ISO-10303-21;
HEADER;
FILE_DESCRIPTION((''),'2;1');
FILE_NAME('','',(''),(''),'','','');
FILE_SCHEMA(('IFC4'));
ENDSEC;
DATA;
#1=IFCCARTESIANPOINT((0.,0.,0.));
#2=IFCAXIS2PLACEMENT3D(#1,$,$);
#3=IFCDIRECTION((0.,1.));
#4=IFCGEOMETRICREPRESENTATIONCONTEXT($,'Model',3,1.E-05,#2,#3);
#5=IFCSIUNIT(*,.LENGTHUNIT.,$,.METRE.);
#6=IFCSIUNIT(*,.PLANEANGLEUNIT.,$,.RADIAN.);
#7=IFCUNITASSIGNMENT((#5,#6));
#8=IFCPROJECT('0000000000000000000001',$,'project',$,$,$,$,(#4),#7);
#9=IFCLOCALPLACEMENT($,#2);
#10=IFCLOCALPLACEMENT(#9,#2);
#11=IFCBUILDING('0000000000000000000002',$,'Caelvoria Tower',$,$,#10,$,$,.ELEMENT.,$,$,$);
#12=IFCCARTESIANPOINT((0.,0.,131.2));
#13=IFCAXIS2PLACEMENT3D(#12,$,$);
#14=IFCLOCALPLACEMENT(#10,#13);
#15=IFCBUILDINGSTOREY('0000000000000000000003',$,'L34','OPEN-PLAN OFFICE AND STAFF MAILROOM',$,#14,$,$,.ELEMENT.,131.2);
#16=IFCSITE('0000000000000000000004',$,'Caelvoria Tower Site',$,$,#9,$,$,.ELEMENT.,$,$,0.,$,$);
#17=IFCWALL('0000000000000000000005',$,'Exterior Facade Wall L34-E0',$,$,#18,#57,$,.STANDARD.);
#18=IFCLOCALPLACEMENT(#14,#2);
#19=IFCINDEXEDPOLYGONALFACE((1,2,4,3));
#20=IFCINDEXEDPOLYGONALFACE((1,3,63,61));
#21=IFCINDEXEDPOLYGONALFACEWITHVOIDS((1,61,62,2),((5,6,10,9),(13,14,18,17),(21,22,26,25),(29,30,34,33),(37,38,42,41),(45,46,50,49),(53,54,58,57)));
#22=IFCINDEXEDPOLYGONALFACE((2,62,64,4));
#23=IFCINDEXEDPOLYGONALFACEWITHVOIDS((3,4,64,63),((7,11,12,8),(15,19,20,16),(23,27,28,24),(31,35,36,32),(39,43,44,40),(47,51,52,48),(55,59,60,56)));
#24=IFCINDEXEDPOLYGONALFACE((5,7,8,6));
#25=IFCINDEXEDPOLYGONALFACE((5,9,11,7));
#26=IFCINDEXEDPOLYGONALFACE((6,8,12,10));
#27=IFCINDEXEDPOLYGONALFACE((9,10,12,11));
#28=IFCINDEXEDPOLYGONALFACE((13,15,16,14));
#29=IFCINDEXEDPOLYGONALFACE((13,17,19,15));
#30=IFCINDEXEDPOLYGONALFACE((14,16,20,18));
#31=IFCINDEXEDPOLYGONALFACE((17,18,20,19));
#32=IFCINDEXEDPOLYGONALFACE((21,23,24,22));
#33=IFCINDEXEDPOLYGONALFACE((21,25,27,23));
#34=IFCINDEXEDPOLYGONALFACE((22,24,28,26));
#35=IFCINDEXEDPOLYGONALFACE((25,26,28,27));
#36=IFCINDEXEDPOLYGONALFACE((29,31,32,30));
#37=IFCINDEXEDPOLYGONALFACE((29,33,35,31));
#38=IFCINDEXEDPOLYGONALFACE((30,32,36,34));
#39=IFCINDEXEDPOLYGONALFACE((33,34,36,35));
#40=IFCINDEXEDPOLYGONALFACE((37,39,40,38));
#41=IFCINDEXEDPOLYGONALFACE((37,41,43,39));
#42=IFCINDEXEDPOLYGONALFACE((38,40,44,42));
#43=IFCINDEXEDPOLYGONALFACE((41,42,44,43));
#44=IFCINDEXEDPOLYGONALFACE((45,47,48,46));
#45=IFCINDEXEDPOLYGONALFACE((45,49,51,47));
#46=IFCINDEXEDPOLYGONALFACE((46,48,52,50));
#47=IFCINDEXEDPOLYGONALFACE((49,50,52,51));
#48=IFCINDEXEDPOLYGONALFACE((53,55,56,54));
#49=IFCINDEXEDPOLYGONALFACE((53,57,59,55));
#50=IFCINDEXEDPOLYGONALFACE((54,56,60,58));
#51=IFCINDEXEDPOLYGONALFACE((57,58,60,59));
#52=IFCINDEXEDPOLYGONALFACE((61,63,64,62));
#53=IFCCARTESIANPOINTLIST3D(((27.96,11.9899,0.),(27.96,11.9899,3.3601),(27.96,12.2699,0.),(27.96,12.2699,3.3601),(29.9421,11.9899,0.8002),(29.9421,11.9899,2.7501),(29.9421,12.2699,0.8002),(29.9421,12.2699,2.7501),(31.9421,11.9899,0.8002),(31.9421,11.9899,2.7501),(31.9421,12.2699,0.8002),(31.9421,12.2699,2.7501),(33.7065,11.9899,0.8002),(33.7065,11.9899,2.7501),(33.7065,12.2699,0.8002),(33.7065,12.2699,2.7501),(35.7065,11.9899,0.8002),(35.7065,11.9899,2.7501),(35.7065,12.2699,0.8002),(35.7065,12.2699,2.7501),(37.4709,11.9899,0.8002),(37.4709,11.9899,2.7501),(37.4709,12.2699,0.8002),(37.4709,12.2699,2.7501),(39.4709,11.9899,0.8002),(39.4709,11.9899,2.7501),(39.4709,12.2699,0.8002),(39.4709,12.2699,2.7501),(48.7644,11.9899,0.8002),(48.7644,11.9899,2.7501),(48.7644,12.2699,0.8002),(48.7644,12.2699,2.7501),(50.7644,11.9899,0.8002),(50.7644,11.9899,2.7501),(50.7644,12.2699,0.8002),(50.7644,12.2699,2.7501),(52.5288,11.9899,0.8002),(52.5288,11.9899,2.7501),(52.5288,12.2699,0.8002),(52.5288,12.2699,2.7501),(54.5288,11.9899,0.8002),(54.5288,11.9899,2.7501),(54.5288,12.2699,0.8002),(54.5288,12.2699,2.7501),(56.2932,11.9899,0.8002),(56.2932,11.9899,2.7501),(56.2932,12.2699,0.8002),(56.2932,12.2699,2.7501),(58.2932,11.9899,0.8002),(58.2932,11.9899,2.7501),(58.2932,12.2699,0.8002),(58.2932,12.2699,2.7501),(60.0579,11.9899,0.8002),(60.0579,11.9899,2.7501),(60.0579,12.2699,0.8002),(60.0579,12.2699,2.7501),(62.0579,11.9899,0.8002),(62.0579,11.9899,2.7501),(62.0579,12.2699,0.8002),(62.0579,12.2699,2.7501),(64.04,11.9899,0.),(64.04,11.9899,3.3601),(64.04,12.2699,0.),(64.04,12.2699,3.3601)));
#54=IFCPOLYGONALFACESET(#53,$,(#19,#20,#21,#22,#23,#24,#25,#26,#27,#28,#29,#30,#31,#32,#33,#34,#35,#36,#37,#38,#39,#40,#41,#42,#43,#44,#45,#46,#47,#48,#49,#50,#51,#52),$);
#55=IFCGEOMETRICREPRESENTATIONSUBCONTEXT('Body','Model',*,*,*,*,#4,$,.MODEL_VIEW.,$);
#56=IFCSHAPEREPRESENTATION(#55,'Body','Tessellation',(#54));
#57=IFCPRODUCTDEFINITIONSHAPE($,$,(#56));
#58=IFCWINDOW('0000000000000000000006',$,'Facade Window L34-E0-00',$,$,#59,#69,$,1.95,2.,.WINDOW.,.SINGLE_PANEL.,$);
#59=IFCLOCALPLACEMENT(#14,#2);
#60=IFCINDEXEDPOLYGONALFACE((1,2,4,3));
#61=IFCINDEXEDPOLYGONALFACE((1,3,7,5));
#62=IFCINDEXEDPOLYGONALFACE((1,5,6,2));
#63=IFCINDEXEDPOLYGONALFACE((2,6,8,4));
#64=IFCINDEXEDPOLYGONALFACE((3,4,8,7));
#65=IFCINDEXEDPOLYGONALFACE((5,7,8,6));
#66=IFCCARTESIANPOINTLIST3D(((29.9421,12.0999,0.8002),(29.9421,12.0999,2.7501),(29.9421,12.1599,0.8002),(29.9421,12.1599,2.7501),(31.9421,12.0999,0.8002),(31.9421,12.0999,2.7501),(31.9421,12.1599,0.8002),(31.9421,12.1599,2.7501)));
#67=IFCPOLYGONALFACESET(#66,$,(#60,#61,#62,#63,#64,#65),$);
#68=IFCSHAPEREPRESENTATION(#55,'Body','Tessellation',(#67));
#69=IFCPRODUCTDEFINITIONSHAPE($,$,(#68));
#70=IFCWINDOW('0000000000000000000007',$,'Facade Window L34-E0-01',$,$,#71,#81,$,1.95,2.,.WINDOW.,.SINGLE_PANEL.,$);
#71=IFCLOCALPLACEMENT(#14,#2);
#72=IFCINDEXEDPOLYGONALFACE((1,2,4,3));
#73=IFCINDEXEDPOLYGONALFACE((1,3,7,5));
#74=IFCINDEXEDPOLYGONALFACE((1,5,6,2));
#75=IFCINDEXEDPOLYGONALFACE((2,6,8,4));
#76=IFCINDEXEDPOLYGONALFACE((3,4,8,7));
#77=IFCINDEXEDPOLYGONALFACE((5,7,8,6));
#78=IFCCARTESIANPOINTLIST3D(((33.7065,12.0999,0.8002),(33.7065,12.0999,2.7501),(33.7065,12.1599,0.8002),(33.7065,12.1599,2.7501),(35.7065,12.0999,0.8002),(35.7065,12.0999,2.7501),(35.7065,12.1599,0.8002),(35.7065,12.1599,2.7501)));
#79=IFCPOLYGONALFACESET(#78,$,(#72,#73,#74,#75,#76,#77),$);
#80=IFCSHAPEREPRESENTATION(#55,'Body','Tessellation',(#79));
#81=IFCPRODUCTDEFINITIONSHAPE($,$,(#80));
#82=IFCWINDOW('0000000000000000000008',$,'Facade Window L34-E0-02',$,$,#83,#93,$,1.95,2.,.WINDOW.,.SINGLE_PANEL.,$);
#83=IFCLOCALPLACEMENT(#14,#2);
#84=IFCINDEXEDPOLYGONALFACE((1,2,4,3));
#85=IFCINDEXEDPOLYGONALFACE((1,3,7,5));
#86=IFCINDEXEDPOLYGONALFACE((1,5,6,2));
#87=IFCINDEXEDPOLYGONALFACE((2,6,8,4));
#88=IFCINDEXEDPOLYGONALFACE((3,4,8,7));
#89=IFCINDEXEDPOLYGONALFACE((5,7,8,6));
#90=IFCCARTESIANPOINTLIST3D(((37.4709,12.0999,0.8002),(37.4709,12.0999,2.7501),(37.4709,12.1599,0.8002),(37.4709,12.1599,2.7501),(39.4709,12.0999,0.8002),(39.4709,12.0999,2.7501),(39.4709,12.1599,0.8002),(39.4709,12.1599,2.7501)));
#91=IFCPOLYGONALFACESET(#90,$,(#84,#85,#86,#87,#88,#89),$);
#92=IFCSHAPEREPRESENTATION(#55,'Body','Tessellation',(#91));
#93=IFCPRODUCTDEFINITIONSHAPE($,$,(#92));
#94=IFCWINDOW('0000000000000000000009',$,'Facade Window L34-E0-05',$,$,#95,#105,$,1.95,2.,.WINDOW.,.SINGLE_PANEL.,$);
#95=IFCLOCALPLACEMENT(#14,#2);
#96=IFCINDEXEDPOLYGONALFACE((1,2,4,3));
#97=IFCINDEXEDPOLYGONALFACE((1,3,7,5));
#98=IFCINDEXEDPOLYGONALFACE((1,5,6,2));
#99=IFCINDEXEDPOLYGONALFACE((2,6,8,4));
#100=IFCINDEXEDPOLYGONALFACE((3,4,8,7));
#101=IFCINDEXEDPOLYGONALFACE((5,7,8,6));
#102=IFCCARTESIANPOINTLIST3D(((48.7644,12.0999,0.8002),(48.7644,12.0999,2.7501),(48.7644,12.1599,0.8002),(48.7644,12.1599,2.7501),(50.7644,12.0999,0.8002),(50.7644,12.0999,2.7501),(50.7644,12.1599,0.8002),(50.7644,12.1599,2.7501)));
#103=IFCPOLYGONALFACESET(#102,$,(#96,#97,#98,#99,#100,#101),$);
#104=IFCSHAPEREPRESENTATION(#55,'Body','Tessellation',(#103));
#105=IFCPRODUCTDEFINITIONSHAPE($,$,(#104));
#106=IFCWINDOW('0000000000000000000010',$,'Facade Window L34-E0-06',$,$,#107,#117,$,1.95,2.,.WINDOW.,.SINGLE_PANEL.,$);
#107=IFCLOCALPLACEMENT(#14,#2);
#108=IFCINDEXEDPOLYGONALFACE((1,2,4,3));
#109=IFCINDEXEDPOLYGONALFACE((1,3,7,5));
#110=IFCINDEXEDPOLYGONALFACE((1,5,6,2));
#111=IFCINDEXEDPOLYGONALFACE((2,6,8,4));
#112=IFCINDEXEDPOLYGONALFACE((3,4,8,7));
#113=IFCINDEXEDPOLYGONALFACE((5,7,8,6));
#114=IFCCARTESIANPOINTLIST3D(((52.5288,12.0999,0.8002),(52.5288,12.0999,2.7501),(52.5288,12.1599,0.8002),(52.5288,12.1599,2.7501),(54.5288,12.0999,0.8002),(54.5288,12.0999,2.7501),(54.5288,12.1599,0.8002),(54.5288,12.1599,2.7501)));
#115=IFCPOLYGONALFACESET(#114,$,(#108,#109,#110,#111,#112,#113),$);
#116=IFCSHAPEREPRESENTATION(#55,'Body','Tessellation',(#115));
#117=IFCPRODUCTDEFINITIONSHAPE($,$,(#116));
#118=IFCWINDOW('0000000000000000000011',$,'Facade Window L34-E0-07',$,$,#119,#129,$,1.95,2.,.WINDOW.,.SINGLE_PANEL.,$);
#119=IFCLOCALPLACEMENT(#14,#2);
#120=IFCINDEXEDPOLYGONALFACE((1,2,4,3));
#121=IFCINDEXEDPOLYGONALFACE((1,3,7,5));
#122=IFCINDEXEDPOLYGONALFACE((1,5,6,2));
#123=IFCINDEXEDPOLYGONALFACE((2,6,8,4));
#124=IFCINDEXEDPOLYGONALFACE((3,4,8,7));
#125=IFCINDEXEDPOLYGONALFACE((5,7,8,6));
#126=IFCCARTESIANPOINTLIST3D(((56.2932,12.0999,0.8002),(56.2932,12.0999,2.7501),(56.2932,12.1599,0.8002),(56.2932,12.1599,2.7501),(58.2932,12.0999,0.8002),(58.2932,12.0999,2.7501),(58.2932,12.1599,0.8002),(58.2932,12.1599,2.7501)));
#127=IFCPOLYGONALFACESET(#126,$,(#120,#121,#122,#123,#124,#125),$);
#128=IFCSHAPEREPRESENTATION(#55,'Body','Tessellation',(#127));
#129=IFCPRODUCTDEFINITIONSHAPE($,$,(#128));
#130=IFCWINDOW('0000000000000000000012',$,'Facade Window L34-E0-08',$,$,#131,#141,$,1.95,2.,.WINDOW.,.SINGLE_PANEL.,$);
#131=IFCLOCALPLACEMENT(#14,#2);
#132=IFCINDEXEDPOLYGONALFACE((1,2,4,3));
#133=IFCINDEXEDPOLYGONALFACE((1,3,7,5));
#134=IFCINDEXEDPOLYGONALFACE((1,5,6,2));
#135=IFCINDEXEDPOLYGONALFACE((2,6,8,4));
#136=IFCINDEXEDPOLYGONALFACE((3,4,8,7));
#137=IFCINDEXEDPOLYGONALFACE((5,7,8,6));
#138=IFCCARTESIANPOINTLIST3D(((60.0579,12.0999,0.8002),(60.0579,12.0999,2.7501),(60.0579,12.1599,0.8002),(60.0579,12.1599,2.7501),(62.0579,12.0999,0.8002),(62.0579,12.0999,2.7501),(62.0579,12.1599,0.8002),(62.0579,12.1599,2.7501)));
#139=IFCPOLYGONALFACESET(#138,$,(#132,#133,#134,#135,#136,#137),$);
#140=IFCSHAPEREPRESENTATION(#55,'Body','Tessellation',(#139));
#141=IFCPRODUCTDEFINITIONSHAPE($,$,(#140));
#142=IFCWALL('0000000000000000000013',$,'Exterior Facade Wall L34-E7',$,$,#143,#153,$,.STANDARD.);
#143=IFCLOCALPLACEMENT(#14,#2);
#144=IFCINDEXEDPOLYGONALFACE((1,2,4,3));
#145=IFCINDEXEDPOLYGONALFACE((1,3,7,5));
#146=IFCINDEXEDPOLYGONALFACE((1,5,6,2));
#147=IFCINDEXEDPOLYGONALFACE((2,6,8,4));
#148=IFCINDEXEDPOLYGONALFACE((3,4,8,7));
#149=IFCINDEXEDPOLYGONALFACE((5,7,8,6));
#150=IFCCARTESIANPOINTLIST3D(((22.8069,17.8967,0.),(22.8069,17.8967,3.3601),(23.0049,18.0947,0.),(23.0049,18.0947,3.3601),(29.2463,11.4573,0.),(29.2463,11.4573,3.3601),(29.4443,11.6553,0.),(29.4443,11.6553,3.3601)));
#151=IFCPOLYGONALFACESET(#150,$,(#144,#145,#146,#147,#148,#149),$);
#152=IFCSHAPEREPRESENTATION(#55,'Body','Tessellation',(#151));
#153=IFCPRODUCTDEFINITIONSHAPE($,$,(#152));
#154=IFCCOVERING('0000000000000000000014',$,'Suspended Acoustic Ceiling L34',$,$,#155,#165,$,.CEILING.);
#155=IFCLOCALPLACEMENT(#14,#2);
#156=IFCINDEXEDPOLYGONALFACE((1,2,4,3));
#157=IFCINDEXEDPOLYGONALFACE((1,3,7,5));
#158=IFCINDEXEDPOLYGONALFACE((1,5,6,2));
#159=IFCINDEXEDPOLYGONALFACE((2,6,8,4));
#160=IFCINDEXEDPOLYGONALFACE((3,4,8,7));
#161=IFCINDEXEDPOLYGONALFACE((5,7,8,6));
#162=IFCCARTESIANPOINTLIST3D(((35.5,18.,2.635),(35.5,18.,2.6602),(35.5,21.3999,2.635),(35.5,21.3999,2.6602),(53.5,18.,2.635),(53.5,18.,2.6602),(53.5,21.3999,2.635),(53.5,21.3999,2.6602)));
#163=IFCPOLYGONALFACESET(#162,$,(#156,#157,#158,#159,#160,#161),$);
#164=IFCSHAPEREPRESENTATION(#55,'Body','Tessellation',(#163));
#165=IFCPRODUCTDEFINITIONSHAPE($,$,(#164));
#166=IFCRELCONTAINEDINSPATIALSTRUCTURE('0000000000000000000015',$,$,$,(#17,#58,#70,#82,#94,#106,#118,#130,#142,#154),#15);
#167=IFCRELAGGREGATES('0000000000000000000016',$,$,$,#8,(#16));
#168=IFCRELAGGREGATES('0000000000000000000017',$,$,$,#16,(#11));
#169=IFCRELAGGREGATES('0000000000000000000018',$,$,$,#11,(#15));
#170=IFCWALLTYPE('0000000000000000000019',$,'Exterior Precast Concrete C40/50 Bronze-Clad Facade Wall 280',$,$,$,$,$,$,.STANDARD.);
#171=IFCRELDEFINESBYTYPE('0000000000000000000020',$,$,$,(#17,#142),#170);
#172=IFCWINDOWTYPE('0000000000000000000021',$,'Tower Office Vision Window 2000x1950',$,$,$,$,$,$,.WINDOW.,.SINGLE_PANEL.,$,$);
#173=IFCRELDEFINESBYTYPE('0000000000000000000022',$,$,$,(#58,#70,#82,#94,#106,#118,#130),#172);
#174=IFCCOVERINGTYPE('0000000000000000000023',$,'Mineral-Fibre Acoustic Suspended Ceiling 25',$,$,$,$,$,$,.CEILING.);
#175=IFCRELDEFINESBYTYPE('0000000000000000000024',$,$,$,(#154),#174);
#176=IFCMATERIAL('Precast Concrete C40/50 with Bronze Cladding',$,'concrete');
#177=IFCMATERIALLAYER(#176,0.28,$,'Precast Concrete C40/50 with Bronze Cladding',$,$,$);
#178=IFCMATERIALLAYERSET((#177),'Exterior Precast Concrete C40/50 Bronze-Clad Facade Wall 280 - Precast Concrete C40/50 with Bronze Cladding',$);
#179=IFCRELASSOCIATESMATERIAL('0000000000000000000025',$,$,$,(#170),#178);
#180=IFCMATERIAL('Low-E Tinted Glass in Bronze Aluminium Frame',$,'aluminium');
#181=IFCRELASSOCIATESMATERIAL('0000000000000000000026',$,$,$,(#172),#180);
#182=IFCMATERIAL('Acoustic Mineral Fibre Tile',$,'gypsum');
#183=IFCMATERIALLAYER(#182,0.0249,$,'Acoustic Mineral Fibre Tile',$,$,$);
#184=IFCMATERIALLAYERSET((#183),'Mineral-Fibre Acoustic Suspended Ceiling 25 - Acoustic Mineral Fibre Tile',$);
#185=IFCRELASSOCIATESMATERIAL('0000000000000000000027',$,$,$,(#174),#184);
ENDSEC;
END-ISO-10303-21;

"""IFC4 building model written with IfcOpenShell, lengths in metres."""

from ifc_helpers import new_model, si_unit, direction, frame, frame_2d, origin, place, context, subcontext, project, spatial, polyline, rectangle, outline, extrude, material, layer, layer_set, type_object, element, fill, save


model = new_model("IFC4")

# Units and contexts
model_context = context("Model", 3, precision=1e-05, world=origin(), true_north=direction((0.0, 1.0)))
body_context = subcontext(model_context, "Body", "Model", "MODEL_VIEW")
ifc_project = project(units=[si_unit("LENGTHUNIT", "METRE"), si_unit("PLANEANGLEUNIT", "RADIAN")], contexts=[model_context])

# Site, building, storey
site_placement = place(None, origin())
site = spatial("IfcSite", under=ifc_project, at=site_placement, Name="Caelvoria Tower Site", CompositionType="ELEMENT", RefElevation=0.0)
building_placement = place(site_placement, origin())
building = spatial("IfcBuilding", under=site, at=building_placement, Name="Caelvoria Tower", CompositionType="ELEMENT")
storey_placement = place(building_placement, frame((0.0, 0.0, 131.2)))
storey = spatial("IfcBuildingStorey", under=building, at=storey_placement, Name="L34", Description="OPEN-PLAN OFFICE AND STAFF MAILROOM", CompositionType="ELEMENT", Elevation=131.2)

# Wall, openings, windows
ifc_material_1 = material(Name="Precast Concrete C40/50 with Bronze Cladding", Category="concrete")
ifc_layer_1 = layer(ifc_material_1, 0.28, Name="Precast Concrete C40/50 with Bronze Cladding")
ifc_layer_set_1 = layer_set([ifc_layer_1], Name="Exterior Precast Concrete C40/50 Bronze-Clad Facade Wall 280 - Precast Concrete C40/50 with Bronze Cladding")
wall_type = type_object("IfcWallType", Name="Exterior Precast Concrete C40/50 Bronze-Clad Facade Wall 280", PredefinedType="STANDARD", material=ifc_layer_set_1)
wall_1_placement = place(storey_placement, frame((27.96, 12.1299, 0.0), z_axis=(0.0, 0.0, 1.0), x_axis=(1.0, 0.0, 0.0)))
wall_1 = element("IfcWall", 1, at=wall_1_placement, inside=storey, type_object=wall_type, Name="Exterior Facade Wall L34-E0", PredefinedType="STANDARD", context=body_context, shape_type="SweptSolid", body=[
    extrude(rectangle(XDim=36.0801, YDim=0.28, at=frame_2d((18.04, 0.0))), origin(), (0.0, 0.0, 1.0), 3.3601),
])
opening_1_placement = place(wall_1_placement, frame((1.9822, 0.0, 0.8)))
opening_1 = element("IfcOpeningElement", 2, at=opening_1_placement, cuts=wall_1, PredefinedType="OPENING", context=body_context, shape_type="SweptSolid", body=[
    extrude(rectangle(XDim=2.0, YDim=1.95, at=frame_2d((1.0, 0.9751))), frame((0.0, 0.1499, 0.0), z_axis=(0.0, -1.0, 0.0), x_axis=(1.0, 0.0, 0.0)), (0.0, 0.0, 1.0), 0.3),
])
opening_2_placement = place(wall_1_placement, frame((5.7466, 0.0, 0.8)))
opening_2 = element("IfcOpeningElement", 3, at=opening_2_placement, cuts=wall_1, PredefinedType="OPENING", context=body_context, shape_type="SweptSolid", body=[
    extrude(rectangle(XDim=2.0, YDim=1.95, at=frame_2d((1.0, 0.9751))), frame((0.0, 0.1499, 0.0), z_axis=(0.0, -1.0, 0.0), x_axis=(1.0, 0.0, 0.0)), (0.0, 0.0, 1.0), 0.3),
])
opening_3_placement = place(wall_1_placement, frame((9.511, 0.0, 0.8)))
opening_3 = element("IfcOpeningElement", 4, at=opening_3_placement, cuts=wall_1, PredefinedType="OPENING", context=body_context, shape_type="SweptSolid", body=[
    extrude(rectangle(XDim=2.0, YDim=1.95, at=frame_2d((1.0, 0.9751))), frame((0.0, 0.1499, 0.0), z_axis=(0.0, -1.0, 0.0), x_axis=(1.0, 0.0, 0.0)), (0.0, 0.0, 1.0), 0.3),
])
opening_4_placement = place(wall_1_placement, frame((20.8044, 0.0, 0.8)))
opening_4 = element("IfcOpeningElement", 5, at=opening_4_placement, cuts=wall_1, PredefinedType="OPENING", context=body_context, shape_type="SweptSolid", body=[
    extrude(rectangle(XDim=2.0, YDim=1.95, at=frame_2d((1.0, 0.9751))), frame((0.0, 0.1499, 0.0), z_axis=(0.0, -1.0, 0.0), x_axis=(1.0, 0.0, 0.0)), (0.0, 0.0, 1.0), 0.3),
])
opening_5_placement = place(wall_1_placement, frame((24.5688, 0.0, 0.8)))
opening_5 = element("IfcOpeningElement", 6, at=opening_5_placement, cuts=wall_1, PredefinedType="OPENING", context=body_context, shape_type="SweptSolid", body=[
    extrude(rectangle(XDim=2.0, YDim=1.95, at=frame_2d((1.0, 0.9751))), frame((0.0, 0.1499, 0.0), z_axis=(0.0, -1.0, 0.0), x_axis=(1.0, 0.0, 0.0)), (0.0, 0.0, 1.0), 0.3),
])
opening_6_placement = place(wall_1_placement, frame((28.3333, 0.0, 0.8)))
opening_6 = element("IfcOpeningElement", 7, at=opening_6_placement, cuts=wall_1, PredefinedType="OPENING", context=body_context, shape_type="SweptSolid", body=[
    extrude(rectangle(XDim=2.0, YDim=1.95, at=frame_2d((1.0, 0.9751))), frame((0.0, 0.1499, 0.0), z_axis=(0.0, -1.0, 0.0), x_axis=(1.0, 0.0, 0.0)), (0.0, 0.0, 1.0), 0.3),
])
opening_7_placement = place(wall_1_placement, frame((32.0979, 0.0, 0.8)))
opening_7 = element("IfcOpeningElement", 8, at=opening_7_placement, cuts=wall_1, PredefinedType="OPENING", context=body_context, shape_type="SweptSolid", body=[
    extrude(rectangle(XDim=2.0, YDim=1.95, at=frame_2d((1.0, 0.9751))), frame((0.0, 0.1499, 0.0), z_axis=(0.0, -1.0, 0.0), x_axis=(1.0, 0.0, 0.0)), (0.0, 0.0, 1.0), 0.3),
])
ifc_material_2 = material(Name="Low-E Tinted Glass in Bronze Aluminium Frame", Category="aluminium")
window_type = type_object("IfcWindowType", Name="Tower Office Vision Window 2000x1950", PartitioningType="SINGLE_PANEL", PredefinedType="WINDOW", material=ifc_material_2)
window_1_placement = place(opening_1_placement, origin())
window_1 = element("IfcWindow", 9, at=window_1_placement, inside=storey, type_object=window_type, Name="Facade Window L34-E0-00", OverallHeight=1.95, OverallWidth=2.0, PartitioningType="SINGLE_PANEL", PredefinedType="WINDOW", context=body_context, shape_type="SweptSolid", body=[
    extrude(rectangle(XDim=2.0, YDim=1.95, at=frame_2d((1.0, 0.9751))), frame((0.0, 0.03, 0.0), z_axis=(0.0, -1.0, 0.0), x_axis=(1.0, 0.0, 0.0)), (0.0, 0.0, 1.0), 0.0601),
])
fill(opening_1, window_1)
window_2_placement = place(opening_2_placement, origin())
window_2 = element("IfcWindow", 10, at=window_2_placement, inside=storey, type_object=window_type, Name="Facade Window L34-E0-01", OverallHeight=1.95, OverallWidth=2.0, PartitioningType="SINGLE_PANEL", PredefinedType="WINDOW", context=body_context, shape_type="SweptSolid", body=[
    extrude(rectangle(XDim=2.0, YDim=1.95, at=frame_2d((1.0, 0.9751))), frame((0.0, 0.03, 0.0), z_axis=(0.0, -1.0, 0.0), x_axis=(1.0, 0.0, 0.0)), (0.0, 0.0, 1.0), 0.0601),
])
fill(opening_2, window_2)
window_3_placement = place(opening_3_placement, origin())
window_3 = element("IfcWindow", 11, at=window_3_placement, inside=storey, type_object=window_type, Name="Facade Window L34-E0-02", OverallHeight=1.95, OverallWidth=2.0, PartitioningType="SINGLE_PANEL", PredefinedType="WINDOW", context=body_context, shape_type="SweptSolid", body=[
    extrude(rectangle(XDim=2.0, YDim=1.95, at=frame_2d((1.0, 0.9751))), frame((0.0, 0.03, 0.0), z_axis=(0.0, -1.0, 0.0), x_axis=(1.0, 0.0, 0.0)), (0.0, 0.0, 1.0), 0.0601),
])
fill(opening_3, window_3)
window_4_placement = place(opening_4_placement, origin())
window_4 = element("IfcWindow", 12, at=window_4_placement, inside=storey, type_object=window_type, Name="Facade Window L34-E0-05", OverallHeight=1.95, OverallWidth=2.0, PartitioningType="SINGLE_PANEL", PredefinedType="WINDOW", context=body_context, shape_type="SweptSolid", body=[
    extrude(rectangle(XDim=2.0, YDim=1.95, at=frame_2d((1.0, 0.9751))), frame((0.0, 0.03, 0.0), z_axis=(0.0, -1.0, 0.0), x_axis=(1.0, 0.0, 0.0)), (0.0, 0.0, 1.0), 0.0601),
])
fill(opening_4, window_4)
window_5_placement = place(opening_5_placement, origin())
window_5 = element("IfcWindow", 13, at=window_5_placement, inside=storey, type_object=window_type, Name="Facade Window L34-E0-06", OverallHeight=1.95, OverallWidth=2.0, PartitioningType="SINGLE_PANEL", PredefinedType="WINDOW", context=body_context, shape_type="SweptSolid", body=[
    extrude(rectangle(XDim=2.0, YDim=1.95, at=frame_2d((1.0, 0.9751))), frame((0.0, 0.03, 0.0), z_axis=(0.0, -1.0, 0.0), x_axis=(1.0, 0.0, 0.0)), (0.0, 0.0, 1.0), 0.0601),
])
fill(opening_5, window_5)
window_6_placement = place(opening_6_placement, origin())
window_6 = element("IfcWindow", 14, at=window_6_placement, inside=storey, type_object=window_type, Name="Facade Window L34-E0-07", OverallHeight=1.95, OverallWidth=2.0, PartitioningType="SINGLE_PANEL", PredefinedType="WINDOW", context=body_context, shape_type="SweptSolid", body=[
    extrude(rectangle(XDim=2.0, YDim=1.95, at=frame_2d((1.0, 0.9751))), frame((0.0, 0.03, 0.0), z_axis=(0.0, -1.0, 0.0), x_axis=(1.0, 0.0, 0.0)), (0.0, 0.0, 1.0), 0.0601),
])
fill(opening_6, window_6)
window_7_placement = place(opening_7_placement, origin())
window_7 = element("IfcWindow", 15, at=window_7_placement, inside=storey, type_object=window_type, Name="Facade Window L34-E0-08", OverallHeight=1.95, OverallWidth=2.0, PartitioningType="SINGLE_PANEL", PredefinedType="WINDOW", context=body_context, shape_type="SweptSolid", body=[
    extrude(rectangle(XDim=2.0, YDim=1.95, at=frame_2d((1.0, 0.9751))), frame((0.0, 0.03, 0.0), z_axis=(0.0, -1.0, 0.0), x_axis=(1.0, 0.0, 0.0)), (0.0, 0.0, 1.0), 0.0601),
])
fill(opening_7, window_7)

# Wall
wall_2_placement = place(storey_placement, frame((22.906, 17.9956, 0.0), z_axis=(0.0, 0.0, 1.0), x_axis=(0.707107, -0.707107, 0.0)))
element("IfcWall", 16, at=wall_2_placement, inside=storey, type_object=wall_type, Name="Exterior Facade Wall L34-E7", PredefinedType="STANDARD", context=body_context, shape_type="SweptSolid", body=[
    extrude(rectangle(XDim=9.1067, YDim=0.28, at=frame_2d((4.5532, 0.0))), origin(), (0.0, 0.0, 1.0), 3.3601),
])

# Covering
ifc_material_3 = material(Name="Acoustic Mineral Fibre Tile", Category="gypsum")
ifc_layer_2 = layer(ifc_material_3, 0.0249, Name="Acoustic Mineral Fibre Tile")
ifc_layer_set_2 = layer_set([ifc_layer_2], Name="Mineral-Fibre Acoustic Suspended Ceiling 25 - Acoustic Mineral Fibre Tile")
covering_type_1 = type_object("IfcCoveringType", Name="Mineral-Fibre Acoustic Suspended Ceiling 25", PredefinedType="CEILING", material=ifc_layer_set_2)
covering_1_placement = place(storey_placement, frame((0.0, 0.0, 2.635)))
element("IfcCovering", 17, at=covering_1_placement, inside=storey, type_object=covering_type_1, Name="Suspended Acoustic Ceiling L34", PredefinedType="CEILING", context=body_context, shape_type="SweptSolid", body=[
    extrude(outline(polyline([(35.5, 18.0), (53.5, 18.0), (53.5, 21.3999), (35.5, 21.3999), (35.5, 18.0)])), origin(), (0.0, 0.0, 1.0), 0.0251),
])

save(model, "model.ifc")
